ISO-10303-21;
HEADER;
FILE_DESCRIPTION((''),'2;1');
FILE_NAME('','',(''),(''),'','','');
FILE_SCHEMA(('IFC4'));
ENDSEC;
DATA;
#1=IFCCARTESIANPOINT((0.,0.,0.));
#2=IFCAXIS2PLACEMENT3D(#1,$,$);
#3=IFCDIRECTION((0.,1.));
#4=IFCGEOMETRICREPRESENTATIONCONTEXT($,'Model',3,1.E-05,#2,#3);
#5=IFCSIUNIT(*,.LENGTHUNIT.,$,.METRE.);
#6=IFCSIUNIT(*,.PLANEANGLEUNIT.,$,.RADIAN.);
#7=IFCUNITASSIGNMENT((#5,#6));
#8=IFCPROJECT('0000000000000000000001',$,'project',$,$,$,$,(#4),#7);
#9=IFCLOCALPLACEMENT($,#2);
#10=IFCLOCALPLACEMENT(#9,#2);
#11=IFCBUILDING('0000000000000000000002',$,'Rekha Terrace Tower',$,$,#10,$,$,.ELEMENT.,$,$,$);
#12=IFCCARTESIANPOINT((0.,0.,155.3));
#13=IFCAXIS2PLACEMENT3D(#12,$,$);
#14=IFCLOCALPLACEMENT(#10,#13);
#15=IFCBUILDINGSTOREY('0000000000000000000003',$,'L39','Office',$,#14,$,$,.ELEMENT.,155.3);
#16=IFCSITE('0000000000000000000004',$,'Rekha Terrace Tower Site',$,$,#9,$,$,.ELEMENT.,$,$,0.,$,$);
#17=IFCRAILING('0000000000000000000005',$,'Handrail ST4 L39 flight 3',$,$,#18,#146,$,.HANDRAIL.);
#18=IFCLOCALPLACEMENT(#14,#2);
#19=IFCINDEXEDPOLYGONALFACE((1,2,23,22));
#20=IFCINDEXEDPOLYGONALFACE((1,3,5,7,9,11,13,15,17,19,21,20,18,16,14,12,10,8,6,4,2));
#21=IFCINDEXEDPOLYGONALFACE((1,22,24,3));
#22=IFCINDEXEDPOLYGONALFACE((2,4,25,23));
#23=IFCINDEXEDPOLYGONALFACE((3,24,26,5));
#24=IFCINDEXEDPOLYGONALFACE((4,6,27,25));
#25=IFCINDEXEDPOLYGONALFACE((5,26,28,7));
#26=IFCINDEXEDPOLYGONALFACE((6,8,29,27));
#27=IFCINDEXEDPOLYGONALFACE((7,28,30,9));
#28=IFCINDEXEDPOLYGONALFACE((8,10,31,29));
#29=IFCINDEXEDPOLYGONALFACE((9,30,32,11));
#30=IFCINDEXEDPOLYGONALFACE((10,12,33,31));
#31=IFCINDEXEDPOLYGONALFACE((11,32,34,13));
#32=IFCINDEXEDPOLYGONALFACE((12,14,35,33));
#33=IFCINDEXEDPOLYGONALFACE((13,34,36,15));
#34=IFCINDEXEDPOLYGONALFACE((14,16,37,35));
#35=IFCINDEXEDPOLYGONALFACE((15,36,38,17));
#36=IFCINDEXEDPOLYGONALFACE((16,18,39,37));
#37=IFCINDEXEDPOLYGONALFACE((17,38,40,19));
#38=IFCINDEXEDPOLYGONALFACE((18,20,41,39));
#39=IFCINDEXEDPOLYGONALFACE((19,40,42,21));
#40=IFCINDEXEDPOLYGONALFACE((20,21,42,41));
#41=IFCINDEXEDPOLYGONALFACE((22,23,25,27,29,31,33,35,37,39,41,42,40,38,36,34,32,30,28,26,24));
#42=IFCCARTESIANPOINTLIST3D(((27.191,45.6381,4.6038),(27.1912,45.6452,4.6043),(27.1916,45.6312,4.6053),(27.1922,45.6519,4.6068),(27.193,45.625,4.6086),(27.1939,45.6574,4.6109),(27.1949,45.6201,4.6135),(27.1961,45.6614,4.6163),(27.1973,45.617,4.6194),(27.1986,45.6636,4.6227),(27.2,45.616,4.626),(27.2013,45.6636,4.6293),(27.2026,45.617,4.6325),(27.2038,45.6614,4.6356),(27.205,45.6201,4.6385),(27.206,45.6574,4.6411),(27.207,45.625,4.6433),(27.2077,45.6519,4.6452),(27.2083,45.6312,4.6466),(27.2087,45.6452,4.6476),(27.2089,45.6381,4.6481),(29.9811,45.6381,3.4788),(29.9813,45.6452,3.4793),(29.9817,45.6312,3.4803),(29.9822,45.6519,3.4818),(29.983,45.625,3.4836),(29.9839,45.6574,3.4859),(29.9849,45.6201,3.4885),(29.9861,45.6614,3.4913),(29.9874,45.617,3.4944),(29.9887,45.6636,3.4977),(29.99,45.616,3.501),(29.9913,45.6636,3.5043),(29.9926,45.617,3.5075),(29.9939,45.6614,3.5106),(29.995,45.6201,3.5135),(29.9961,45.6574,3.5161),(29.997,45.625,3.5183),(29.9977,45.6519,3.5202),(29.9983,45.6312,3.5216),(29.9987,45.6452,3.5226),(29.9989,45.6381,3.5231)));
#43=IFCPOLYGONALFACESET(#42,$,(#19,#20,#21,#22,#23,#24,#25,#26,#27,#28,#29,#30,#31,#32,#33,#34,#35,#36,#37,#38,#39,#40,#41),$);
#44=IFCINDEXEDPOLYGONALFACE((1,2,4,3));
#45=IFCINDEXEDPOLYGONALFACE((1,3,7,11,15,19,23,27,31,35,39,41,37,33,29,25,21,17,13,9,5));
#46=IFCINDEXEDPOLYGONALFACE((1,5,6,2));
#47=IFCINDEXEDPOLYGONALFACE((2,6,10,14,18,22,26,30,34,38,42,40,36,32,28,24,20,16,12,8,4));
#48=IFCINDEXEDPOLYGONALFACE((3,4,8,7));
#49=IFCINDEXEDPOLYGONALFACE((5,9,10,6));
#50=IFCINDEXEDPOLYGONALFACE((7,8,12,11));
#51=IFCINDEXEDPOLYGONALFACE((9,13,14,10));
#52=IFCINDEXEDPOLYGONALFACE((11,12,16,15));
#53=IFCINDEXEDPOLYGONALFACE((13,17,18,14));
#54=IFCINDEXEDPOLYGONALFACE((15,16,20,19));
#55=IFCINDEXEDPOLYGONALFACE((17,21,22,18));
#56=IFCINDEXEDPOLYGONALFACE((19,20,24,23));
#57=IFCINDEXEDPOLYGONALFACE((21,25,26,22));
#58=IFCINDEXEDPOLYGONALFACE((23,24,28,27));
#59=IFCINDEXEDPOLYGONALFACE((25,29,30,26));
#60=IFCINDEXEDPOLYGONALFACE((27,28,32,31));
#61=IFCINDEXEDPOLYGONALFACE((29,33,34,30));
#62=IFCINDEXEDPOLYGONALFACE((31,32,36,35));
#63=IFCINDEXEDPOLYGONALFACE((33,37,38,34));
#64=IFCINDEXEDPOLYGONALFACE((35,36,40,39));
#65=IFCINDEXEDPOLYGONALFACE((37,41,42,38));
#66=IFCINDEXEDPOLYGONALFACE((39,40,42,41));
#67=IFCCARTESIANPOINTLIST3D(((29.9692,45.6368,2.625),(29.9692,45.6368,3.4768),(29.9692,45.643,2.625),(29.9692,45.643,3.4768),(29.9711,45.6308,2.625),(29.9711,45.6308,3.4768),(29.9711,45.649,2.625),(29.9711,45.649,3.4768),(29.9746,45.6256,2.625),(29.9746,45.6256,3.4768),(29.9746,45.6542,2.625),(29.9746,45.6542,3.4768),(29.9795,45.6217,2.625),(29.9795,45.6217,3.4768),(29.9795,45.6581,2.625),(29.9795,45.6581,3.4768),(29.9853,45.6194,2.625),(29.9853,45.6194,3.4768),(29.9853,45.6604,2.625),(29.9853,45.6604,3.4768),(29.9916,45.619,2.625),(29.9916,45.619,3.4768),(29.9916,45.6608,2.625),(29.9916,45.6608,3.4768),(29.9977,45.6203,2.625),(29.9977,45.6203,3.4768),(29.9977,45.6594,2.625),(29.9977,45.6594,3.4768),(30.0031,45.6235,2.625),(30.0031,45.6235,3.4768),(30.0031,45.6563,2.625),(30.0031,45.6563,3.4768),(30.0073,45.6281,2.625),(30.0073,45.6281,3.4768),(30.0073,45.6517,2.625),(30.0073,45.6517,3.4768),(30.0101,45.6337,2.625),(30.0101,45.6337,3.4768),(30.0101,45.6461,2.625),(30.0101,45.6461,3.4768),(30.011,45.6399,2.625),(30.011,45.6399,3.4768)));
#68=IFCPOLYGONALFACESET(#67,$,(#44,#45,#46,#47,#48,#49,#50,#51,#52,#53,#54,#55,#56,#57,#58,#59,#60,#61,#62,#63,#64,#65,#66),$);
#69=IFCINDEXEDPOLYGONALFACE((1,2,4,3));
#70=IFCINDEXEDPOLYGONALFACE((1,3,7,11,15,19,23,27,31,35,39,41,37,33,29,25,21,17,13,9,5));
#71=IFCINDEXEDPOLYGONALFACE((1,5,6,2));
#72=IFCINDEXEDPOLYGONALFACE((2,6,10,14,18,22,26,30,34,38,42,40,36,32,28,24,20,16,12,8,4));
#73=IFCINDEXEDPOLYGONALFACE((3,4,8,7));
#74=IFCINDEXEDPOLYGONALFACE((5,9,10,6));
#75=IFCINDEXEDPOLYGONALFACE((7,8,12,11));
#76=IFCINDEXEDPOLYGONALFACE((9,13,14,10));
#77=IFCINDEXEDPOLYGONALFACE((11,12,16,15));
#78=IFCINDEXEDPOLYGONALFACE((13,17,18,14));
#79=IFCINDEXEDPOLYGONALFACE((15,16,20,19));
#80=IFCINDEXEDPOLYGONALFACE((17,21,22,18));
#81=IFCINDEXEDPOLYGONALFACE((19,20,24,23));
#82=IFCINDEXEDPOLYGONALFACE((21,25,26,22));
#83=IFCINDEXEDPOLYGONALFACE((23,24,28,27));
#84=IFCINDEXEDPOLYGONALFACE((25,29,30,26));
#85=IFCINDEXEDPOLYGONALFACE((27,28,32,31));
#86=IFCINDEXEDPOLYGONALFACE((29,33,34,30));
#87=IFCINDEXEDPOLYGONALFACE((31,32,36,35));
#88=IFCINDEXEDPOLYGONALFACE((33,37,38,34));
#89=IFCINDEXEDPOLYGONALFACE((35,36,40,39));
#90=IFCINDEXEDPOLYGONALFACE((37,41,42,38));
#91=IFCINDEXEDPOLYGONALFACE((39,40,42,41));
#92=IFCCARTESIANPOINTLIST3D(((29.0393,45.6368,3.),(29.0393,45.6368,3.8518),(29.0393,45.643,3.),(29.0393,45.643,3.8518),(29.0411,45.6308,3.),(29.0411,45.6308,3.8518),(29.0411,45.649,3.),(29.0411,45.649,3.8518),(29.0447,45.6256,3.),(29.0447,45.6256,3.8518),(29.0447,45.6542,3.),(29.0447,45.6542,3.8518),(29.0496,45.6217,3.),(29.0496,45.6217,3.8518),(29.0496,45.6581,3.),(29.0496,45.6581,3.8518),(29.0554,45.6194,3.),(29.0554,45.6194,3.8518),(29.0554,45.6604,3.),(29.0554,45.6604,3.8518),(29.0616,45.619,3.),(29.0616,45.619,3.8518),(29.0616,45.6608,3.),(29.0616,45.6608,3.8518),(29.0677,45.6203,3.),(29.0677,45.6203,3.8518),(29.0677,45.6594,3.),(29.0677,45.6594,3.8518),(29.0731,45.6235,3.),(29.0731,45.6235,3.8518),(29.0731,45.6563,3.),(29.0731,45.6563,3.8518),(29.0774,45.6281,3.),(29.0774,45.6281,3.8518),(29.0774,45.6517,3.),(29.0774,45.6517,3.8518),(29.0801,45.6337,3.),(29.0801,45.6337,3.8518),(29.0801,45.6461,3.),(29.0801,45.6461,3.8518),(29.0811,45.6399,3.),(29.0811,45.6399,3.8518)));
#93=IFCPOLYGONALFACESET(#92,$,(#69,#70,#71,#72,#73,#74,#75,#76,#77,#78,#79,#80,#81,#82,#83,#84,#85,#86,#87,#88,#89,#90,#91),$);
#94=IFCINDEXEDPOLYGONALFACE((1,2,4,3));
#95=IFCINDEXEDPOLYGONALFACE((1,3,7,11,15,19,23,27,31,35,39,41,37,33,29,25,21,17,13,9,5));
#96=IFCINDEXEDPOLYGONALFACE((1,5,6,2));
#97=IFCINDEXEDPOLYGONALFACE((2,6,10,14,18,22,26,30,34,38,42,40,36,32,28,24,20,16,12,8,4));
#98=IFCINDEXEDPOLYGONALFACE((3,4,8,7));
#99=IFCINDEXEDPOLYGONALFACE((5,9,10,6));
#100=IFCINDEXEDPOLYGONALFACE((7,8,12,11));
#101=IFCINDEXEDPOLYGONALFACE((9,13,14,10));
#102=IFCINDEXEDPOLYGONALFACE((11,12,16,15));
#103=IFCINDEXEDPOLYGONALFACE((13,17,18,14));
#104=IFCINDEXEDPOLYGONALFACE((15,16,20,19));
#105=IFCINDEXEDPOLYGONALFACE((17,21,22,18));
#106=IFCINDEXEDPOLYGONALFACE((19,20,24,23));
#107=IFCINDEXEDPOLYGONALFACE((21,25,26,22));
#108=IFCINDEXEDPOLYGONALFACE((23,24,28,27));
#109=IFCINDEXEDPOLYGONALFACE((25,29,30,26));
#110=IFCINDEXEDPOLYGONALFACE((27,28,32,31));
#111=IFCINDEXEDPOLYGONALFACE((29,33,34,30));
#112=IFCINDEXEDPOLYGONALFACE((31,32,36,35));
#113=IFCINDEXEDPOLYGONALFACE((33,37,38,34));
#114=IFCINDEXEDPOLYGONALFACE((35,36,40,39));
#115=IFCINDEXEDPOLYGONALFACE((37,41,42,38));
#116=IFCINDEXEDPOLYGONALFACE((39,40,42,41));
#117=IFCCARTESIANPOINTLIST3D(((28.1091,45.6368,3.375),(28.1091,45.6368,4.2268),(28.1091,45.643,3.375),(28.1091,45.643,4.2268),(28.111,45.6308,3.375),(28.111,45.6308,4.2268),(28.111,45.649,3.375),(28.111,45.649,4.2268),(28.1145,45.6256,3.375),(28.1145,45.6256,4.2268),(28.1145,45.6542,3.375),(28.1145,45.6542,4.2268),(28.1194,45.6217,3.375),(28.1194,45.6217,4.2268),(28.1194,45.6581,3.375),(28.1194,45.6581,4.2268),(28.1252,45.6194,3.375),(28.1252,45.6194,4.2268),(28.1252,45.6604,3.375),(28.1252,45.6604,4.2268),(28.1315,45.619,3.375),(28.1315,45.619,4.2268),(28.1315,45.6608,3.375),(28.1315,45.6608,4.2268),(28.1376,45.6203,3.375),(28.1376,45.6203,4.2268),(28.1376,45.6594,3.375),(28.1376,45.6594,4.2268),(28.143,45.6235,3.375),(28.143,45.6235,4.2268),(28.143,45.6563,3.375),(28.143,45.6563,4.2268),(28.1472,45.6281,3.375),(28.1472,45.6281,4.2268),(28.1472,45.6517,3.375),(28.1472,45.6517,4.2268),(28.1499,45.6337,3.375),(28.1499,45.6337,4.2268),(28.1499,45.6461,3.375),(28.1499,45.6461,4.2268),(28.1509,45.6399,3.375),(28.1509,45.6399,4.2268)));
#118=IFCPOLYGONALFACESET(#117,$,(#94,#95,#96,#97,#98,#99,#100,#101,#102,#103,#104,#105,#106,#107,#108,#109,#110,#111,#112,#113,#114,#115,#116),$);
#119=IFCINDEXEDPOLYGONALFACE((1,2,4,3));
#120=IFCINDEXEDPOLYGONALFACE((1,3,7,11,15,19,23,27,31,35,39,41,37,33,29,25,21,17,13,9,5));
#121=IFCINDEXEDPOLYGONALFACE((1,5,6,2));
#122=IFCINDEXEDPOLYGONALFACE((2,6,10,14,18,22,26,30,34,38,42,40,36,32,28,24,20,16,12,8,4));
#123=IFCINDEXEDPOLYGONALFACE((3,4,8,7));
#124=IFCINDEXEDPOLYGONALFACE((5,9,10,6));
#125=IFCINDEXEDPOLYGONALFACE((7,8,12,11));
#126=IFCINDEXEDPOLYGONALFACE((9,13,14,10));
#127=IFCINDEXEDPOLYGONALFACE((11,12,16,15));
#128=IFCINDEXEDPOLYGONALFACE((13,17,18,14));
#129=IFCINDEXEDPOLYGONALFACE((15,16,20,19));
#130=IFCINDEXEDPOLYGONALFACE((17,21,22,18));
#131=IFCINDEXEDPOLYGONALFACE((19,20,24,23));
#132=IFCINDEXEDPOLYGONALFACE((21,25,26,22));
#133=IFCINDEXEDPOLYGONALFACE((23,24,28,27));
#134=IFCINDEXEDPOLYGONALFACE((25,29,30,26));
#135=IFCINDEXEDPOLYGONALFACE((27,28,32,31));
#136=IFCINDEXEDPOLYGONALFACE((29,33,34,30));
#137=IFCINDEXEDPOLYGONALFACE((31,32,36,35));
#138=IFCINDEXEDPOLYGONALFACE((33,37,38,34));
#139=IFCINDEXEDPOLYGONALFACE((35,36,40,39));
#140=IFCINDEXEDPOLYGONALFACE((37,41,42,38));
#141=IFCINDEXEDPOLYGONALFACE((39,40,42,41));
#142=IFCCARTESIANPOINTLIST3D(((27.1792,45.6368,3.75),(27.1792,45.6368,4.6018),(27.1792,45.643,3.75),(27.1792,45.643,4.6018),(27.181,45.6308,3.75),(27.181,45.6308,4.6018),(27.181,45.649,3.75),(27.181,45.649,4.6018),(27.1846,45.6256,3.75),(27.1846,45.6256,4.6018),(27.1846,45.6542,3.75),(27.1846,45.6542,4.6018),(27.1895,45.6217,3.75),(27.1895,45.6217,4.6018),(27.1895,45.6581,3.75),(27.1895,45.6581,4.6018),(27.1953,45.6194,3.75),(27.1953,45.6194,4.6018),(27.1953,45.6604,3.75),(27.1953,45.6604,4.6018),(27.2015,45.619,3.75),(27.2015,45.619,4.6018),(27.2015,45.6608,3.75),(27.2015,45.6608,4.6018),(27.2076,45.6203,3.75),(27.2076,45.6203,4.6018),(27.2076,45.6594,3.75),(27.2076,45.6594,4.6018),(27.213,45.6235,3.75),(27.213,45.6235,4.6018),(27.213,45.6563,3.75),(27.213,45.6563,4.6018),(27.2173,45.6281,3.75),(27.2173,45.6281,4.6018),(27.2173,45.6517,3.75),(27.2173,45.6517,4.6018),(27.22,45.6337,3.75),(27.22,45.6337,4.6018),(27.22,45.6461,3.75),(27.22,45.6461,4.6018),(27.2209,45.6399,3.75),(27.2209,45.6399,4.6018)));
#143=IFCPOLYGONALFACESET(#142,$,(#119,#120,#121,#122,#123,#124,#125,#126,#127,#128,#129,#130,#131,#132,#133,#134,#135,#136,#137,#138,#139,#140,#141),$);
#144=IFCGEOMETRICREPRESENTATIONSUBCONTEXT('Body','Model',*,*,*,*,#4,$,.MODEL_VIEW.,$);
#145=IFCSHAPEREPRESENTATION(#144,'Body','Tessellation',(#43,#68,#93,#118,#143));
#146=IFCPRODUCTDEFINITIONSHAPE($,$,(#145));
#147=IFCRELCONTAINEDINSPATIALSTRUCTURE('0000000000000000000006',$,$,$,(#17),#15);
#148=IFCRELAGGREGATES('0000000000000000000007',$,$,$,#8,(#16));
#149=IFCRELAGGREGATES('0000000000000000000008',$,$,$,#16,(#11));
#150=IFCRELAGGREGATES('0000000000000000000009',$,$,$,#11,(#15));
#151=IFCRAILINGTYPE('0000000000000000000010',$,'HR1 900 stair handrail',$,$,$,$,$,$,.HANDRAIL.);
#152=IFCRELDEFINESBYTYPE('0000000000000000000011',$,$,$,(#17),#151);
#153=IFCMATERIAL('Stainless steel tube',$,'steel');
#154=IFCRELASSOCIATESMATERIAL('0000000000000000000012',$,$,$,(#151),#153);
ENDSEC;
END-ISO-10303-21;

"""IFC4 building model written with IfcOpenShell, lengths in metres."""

from ifc_helpers import new_model, si_unit, direction, frame, origin, origin_2d, place, context, subcontext, project, spatial, circle, extrude, material, type_object, element, save


model = new_model("IFC4")

# Units and contexts
model_context = context("Model", 3, precision=1e-05, world=origin(), true_north=direction((0.0, 1.0)))
body_context = subcontext(model_context, "Body", "Model", "MODEL_VIEW")
ifc_project = project(units=[si_unit("LENGTHUNIT", "METRE"), si_unit("PLANEANGLEUNIT", "RADIAN")], contexts=[model_context])

# Site, building, storey
site_placement = place(None, origin())
site = spatial("IfcSite", under=ifc_project, at=site_placement, Name="Rekha Terrace Tower Site", CompositionType="ELEMENT", RefElevation=0.0)
building_placement = place(site_placement, origin())
building = spatial("IfcBuilding", under=site, at=building_placement, Name="Rekha Terrace Tower", CompositionType="ELEMENT")
storey_placement = place(building_placement, frame((0.0, 0.0, 155.3)))
storey = spatial("IfcBuildingStorey", under=building, at=storey_placement, Name="L39", Description="Office", CompositionType="ELEMENT", Elevation=155.3)

# Railing
ifc_material_1 = material(Name="Stainless steel tube", Category="steel")
railing_type_1 = type_object("IfcRailingType", Name="HR1 900 stair handrail", PredefinedType="HANDRAIL", material=ifc_material_1)
railing_1_placement = place(storey_placement, frame((29.99, 45.6399, 2.625)))
element("IfcRailing", 1, at=railing_1_placement, inside=storey, type_object=railing_type_1, Name="Handrail ST4 L39 flight 3", PredefinedType="HANDRAIL", context=body_context, shape_type="SweptSolid", body=[
    extrude(circle(Radius=0.0239, at=origin_2d()), frame((0.0, 0.0, 0.876), z_axis=(-0.927443, 0.0, 0.373964), x_axis=(0.0, -1.0, 0.0)), (0.0, 0.0, 1.0), 3.0083),
    extrude(circle(Radius=0.021, at=origin_2d()), origin(), (0.0, 0.0, 1.0), 0.8518),
    extrude(circle(Radius=0.021, at=origin_2d()), frame((-0.9299, 0.0, 0.375)), (0.0, 0.0, 1.0), 0.8518),
    extrude(circle(Radius=0.021, at=origin_2d()), frame((-1.8601, 0.0, 0.75)), (0.0, 0.0, 1.0), 0.8518),
    extrude(circle(Radius=0.021, at=origin_2d()), frame((-2.79, 0.0, 1.125)), (0.0, 0.0, 1.0), 0.8518),
])

save(model, "model.ifc")
